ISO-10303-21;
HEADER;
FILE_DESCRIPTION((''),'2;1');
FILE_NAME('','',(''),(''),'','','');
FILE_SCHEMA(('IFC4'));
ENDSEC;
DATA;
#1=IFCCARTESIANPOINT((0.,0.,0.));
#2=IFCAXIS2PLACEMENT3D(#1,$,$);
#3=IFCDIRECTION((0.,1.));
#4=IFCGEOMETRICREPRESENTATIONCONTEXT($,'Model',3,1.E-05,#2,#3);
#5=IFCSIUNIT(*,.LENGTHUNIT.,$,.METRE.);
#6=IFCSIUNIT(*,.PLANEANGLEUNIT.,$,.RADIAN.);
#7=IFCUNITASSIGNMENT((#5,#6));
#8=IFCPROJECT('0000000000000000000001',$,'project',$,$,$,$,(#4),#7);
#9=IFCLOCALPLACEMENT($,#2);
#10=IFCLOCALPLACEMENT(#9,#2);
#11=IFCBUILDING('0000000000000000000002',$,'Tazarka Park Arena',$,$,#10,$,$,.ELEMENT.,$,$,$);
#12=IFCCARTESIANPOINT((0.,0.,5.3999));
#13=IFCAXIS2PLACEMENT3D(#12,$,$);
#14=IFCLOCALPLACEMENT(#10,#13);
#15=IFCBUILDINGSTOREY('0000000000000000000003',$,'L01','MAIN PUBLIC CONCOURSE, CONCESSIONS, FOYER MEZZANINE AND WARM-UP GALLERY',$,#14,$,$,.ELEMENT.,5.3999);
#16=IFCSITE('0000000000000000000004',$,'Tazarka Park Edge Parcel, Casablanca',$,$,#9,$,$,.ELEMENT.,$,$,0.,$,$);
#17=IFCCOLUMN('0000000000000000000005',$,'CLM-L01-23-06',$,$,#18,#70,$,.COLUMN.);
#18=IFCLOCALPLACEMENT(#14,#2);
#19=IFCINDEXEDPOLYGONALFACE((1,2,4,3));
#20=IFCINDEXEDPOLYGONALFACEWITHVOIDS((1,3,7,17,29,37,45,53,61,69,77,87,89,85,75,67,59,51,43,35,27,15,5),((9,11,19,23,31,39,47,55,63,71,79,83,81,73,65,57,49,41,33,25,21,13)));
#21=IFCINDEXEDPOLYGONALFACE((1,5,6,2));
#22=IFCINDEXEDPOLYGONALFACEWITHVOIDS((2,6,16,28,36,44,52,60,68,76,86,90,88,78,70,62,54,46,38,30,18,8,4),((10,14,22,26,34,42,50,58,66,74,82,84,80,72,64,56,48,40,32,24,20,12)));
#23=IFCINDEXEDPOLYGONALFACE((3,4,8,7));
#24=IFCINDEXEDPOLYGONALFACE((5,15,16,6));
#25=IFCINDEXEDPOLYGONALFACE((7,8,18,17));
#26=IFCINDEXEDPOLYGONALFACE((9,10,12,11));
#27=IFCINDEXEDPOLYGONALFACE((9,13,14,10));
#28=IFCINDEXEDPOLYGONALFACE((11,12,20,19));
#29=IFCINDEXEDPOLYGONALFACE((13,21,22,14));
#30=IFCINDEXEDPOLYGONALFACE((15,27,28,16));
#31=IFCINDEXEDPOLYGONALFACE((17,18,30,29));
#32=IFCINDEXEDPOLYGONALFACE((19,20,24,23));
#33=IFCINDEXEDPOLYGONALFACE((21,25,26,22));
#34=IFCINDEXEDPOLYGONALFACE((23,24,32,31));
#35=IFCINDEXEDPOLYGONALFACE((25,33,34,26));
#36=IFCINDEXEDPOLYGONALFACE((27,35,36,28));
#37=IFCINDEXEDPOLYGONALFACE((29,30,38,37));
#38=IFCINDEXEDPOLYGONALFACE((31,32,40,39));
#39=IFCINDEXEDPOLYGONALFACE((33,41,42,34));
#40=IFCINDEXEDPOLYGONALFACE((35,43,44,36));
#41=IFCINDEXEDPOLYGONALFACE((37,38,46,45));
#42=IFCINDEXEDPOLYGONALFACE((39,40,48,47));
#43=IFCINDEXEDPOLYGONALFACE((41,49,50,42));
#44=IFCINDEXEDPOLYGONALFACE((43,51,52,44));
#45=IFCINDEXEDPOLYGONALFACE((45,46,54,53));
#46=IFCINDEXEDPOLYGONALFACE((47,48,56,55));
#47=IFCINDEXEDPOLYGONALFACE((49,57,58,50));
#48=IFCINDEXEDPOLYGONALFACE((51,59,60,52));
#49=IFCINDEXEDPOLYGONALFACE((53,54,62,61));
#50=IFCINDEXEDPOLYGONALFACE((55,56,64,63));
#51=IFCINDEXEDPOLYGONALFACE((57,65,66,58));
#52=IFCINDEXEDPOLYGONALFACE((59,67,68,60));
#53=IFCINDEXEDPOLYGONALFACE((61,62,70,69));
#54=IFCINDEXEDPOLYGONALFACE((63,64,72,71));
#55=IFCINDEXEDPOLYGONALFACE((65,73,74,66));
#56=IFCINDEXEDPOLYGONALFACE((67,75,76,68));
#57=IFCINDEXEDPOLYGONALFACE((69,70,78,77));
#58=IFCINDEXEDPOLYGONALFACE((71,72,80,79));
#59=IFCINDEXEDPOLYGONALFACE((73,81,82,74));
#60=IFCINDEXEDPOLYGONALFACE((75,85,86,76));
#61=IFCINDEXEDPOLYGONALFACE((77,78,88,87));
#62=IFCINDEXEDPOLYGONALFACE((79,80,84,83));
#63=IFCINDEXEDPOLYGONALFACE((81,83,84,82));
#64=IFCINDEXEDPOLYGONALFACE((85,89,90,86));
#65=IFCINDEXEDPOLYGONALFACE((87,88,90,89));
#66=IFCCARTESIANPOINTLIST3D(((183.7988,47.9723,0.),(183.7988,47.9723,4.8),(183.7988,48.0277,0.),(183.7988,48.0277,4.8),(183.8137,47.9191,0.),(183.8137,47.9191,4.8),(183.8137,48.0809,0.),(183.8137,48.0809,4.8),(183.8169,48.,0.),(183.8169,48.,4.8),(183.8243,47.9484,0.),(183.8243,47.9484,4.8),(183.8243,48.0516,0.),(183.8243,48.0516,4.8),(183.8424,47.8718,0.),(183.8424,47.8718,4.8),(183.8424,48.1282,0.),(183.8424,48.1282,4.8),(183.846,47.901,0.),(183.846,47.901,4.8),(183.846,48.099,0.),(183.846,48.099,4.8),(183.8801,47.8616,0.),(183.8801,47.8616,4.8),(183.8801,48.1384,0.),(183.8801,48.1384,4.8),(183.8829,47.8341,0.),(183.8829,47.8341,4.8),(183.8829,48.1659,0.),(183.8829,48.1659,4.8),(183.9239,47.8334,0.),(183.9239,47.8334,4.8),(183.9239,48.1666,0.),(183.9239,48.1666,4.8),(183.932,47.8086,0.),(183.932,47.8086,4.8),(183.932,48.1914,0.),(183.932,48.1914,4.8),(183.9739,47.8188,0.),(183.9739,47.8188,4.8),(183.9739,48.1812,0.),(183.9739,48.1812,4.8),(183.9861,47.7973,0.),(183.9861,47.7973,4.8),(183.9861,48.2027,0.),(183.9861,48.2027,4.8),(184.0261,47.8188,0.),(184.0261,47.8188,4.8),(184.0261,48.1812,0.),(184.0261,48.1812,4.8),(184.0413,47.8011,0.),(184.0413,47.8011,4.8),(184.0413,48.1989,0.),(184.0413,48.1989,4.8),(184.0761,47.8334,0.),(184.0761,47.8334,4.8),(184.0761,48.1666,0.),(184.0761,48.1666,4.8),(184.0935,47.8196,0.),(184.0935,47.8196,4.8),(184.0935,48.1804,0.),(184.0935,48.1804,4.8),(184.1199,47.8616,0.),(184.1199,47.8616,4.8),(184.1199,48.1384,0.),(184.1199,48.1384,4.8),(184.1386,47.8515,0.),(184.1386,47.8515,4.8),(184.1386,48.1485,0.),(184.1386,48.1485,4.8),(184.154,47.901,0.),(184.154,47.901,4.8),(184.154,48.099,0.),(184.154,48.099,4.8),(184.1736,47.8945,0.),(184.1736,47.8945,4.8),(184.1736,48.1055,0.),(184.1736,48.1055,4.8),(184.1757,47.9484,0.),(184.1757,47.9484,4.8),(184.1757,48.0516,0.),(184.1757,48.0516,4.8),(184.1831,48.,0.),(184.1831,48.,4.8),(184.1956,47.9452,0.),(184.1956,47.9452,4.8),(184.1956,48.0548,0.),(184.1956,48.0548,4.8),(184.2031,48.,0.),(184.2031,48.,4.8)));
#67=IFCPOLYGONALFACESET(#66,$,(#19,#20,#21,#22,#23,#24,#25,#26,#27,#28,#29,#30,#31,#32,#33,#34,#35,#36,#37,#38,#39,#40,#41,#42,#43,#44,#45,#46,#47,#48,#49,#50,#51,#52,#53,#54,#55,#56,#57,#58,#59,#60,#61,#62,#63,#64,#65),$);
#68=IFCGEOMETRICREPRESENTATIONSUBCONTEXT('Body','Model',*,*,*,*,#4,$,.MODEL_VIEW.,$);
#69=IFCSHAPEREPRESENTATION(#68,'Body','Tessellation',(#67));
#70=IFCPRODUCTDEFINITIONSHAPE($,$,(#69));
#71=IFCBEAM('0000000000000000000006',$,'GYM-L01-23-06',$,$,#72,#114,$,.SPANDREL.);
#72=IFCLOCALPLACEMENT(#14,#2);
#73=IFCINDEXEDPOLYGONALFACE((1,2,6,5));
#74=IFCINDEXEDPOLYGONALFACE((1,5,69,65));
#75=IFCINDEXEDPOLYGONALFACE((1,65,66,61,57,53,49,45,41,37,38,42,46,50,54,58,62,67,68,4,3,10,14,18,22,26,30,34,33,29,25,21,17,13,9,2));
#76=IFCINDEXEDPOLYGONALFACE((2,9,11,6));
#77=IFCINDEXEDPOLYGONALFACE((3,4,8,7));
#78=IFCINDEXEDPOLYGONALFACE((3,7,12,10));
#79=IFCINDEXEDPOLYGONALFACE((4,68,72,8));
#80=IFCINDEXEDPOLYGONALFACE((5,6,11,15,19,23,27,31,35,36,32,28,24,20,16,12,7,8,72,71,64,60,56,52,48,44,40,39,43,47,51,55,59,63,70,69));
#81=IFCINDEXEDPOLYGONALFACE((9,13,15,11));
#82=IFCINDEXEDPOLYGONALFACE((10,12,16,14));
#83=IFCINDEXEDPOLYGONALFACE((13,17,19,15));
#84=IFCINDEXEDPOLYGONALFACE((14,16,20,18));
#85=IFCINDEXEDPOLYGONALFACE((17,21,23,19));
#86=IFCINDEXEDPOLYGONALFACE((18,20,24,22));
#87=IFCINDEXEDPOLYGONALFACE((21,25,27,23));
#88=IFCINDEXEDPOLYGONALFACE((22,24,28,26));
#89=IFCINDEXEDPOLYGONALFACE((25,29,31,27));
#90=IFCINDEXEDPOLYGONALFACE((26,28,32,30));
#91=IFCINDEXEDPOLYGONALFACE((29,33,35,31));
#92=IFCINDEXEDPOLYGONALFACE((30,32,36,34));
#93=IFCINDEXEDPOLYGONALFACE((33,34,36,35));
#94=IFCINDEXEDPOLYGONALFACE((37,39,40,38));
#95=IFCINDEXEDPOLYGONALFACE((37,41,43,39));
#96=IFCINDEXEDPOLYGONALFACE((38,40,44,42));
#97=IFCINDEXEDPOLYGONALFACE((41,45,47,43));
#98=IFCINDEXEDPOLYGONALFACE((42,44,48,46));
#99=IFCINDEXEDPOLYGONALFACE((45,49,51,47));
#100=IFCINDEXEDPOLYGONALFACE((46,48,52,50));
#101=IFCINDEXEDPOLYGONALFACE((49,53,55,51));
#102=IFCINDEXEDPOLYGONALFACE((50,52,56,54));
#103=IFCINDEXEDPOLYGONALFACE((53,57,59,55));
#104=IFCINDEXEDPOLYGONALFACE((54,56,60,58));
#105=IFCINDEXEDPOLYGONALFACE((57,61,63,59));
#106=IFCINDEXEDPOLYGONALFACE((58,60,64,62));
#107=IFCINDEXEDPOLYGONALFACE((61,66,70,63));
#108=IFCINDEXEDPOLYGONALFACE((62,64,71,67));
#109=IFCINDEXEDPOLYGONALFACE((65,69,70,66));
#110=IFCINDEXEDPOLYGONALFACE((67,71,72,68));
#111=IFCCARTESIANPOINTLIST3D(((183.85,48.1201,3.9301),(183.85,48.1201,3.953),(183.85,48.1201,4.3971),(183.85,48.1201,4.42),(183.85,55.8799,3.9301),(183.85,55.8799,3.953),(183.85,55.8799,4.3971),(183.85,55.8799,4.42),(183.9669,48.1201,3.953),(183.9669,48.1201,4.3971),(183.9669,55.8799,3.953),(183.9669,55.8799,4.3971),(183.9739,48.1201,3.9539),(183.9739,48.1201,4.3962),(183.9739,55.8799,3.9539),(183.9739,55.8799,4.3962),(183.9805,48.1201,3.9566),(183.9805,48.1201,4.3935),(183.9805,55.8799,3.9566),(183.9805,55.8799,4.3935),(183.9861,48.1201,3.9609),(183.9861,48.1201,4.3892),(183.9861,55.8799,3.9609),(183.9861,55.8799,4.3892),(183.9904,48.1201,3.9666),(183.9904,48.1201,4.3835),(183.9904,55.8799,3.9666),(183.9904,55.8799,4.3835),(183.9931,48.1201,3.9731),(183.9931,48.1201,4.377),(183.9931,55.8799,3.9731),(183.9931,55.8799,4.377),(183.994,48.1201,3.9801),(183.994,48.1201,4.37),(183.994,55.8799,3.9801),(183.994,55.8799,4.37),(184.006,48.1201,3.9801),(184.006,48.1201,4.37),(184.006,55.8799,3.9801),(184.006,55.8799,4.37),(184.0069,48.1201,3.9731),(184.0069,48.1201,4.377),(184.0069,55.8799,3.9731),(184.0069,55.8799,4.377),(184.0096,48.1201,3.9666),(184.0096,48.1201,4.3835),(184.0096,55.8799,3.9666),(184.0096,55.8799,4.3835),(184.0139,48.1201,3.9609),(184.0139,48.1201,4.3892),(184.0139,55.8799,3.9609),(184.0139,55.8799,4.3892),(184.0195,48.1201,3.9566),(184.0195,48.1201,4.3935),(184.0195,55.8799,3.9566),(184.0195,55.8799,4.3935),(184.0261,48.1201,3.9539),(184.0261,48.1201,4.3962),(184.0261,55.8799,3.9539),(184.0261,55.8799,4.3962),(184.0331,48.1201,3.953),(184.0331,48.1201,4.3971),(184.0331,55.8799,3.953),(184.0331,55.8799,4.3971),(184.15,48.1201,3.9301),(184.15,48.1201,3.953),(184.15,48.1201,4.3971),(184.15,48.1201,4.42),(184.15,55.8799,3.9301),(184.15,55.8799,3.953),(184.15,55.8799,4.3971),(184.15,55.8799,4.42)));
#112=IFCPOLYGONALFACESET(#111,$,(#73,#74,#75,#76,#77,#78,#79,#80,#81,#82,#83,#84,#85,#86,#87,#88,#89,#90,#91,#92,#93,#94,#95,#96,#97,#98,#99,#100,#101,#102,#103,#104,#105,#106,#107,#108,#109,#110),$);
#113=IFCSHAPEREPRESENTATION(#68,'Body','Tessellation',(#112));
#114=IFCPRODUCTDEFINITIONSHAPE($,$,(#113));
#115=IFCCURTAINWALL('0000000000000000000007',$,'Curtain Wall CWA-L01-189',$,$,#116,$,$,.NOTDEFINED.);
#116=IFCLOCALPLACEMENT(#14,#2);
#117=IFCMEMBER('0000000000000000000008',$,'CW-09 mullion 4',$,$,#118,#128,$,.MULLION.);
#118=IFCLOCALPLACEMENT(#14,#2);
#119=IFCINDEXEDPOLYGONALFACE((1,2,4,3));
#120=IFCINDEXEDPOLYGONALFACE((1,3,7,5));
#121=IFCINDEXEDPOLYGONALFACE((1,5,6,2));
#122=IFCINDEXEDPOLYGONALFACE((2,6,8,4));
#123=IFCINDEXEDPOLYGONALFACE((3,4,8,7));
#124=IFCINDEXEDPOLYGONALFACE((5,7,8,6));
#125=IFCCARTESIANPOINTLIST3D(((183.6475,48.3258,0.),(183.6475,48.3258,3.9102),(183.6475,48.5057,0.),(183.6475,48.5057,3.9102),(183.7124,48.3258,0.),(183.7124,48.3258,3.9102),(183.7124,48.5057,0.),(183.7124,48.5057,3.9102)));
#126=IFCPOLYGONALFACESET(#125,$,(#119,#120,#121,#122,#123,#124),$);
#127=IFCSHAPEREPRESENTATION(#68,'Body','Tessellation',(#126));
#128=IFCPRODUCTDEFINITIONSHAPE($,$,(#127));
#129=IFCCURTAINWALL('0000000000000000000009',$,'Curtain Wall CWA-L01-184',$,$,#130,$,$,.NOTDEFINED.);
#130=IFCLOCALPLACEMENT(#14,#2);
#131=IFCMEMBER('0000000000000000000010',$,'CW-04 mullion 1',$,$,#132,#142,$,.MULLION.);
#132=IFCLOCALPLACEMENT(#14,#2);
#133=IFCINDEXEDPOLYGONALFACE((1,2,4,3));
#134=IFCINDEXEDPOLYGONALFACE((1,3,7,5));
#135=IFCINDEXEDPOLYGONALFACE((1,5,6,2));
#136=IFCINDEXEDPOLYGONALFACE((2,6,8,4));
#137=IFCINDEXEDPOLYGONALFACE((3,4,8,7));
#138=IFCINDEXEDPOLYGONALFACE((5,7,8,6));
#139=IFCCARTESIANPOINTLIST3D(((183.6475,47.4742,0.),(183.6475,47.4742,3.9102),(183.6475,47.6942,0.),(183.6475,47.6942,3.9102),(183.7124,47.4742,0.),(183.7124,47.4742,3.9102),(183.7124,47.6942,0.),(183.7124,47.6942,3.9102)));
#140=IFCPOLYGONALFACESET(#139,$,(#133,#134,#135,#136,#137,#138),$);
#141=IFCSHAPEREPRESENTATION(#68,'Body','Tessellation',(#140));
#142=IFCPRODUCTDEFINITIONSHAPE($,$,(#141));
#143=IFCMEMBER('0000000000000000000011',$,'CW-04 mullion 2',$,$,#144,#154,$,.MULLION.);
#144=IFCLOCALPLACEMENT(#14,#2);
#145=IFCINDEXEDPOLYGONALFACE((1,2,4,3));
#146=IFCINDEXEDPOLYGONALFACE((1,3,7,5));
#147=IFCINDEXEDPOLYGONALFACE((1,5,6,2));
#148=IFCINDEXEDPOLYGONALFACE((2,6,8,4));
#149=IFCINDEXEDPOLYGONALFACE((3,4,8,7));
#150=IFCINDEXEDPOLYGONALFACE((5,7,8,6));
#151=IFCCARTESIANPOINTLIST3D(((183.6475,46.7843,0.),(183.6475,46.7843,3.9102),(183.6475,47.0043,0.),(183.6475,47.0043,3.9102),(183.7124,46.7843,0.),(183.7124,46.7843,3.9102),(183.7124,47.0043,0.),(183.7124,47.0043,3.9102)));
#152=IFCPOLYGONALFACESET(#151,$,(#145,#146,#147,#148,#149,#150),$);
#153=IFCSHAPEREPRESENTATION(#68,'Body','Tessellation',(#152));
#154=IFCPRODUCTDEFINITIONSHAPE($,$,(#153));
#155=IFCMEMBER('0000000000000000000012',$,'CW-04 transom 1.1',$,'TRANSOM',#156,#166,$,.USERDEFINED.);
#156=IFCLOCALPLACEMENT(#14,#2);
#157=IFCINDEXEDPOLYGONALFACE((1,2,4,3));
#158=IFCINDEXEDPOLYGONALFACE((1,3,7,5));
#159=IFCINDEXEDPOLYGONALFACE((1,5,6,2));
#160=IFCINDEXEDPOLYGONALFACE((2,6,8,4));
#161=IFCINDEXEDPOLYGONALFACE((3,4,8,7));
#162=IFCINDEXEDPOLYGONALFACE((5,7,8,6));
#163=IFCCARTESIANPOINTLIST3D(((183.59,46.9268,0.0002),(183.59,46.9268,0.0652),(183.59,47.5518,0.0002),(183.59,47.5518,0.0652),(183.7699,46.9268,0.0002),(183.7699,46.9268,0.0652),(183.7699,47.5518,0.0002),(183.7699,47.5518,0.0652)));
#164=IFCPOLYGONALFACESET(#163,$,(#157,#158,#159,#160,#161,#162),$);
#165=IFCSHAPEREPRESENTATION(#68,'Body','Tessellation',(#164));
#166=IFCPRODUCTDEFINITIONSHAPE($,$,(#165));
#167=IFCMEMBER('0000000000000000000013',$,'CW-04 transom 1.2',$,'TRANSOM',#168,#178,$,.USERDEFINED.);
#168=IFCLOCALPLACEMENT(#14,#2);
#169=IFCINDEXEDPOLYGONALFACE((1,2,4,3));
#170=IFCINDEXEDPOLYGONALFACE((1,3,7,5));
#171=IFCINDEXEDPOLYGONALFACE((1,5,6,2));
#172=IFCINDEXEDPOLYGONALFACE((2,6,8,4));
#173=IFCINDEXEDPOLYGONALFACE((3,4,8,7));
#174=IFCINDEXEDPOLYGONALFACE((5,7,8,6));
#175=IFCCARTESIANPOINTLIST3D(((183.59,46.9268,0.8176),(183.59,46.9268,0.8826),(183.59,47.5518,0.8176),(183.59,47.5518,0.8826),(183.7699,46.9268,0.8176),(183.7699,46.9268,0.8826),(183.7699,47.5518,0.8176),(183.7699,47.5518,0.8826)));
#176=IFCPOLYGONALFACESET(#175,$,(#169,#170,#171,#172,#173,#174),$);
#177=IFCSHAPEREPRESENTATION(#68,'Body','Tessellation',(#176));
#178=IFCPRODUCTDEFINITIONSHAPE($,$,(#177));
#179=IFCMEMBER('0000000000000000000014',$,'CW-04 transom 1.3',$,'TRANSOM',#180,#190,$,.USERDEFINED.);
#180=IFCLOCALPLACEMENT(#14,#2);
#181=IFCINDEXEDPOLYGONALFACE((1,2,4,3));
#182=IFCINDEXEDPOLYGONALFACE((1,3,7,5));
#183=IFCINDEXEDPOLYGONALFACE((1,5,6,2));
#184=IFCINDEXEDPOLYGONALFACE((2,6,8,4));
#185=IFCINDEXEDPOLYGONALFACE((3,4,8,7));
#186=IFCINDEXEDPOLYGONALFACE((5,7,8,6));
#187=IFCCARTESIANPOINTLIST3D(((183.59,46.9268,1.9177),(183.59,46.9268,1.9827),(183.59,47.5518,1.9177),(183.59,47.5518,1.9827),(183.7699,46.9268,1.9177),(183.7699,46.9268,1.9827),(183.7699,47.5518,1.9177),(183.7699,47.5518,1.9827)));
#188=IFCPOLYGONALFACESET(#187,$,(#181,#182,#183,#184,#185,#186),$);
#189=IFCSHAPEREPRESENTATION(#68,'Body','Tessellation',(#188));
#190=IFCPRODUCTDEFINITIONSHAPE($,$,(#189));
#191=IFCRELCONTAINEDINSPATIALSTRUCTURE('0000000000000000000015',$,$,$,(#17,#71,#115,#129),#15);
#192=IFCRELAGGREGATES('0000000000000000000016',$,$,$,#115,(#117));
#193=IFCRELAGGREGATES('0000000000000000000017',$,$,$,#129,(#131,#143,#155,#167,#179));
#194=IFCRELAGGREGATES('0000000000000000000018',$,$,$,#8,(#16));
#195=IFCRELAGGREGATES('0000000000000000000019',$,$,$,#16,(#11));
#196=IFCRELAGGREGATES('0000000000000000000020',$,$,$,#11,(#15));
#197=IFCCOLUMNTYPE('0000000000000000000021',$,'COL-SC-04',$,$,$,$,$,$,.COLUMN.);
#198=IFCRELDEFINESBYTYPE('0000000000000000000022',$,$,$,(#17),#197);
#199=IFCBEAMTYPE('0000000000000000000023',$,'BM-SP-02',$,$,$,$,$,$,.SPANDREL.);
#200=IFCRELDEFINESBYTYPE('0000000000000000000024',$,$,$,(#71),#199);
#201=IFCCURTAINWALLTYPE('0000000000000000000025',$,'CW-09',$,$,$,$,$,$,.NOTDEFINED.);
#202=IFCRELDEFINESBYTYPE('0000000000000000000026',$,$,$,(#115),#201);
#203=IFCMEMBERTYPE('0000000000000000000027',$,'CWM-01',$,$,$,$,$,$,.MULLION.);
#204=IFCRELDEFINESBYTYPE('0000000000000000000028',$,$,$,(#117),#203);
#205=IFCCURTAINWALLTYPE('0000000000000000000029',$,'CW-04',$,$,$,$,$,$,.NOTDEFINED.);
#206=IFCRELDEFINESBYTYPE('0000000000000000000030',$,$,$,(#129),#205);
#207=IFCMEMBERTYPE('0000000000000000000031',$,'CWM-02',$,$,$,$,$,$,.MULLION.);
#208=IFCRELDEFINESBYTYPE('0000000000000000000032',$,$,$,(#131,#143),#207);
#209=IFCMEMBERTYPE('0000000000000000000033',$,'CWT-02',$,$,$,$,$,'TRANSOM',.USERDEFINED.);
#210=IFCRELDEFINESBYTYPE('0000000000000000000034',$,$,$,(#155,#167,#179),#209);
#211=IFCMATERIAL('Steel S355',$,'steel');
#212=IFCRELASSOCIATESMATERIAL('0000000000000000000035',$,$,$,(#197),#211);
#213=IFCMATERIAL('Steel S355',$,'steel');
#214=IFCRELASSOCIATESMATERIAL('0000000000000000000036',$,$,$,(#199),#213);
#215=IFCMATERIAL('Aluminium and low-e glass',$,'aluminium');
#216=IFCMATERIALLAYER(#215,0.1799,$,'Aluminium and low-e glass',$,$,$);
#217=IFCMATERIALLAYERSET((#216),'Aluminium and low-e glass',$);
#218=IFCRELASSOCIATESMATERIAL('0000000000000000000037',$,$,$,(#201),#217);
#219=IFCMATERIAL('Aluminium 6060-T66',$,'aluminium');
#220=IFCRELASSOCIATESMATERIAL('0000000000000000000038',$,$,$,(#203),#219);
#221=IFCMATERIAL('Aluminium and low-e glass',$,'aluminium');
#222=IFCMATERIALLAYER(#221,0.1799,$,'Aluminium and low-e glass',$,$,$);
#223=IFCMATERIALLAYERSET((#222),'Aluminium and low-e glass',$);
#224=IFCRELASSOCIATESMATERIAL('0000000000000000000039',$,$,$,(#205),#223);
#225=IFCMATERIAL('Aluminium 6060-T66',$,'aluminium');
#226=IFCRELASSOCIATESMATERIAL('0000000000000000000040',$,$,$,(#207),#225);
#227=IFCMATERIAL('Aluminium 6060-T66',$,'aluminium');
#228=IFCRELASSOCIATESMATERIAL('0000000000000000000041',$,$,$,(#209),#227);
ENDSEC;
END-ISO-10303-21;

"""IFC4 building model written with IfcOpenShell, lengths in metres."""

from ifc_helpers import new_model, si_unit, direction, frame, origin, origin_2d, place, context, subcontext, project, spatial, rectangle, hollow_circle, i_section, extrude, material, layer, layer_set, material_profile, profile_set, type_object, element, aggregate, save


model = new_model("IFC4")

# Units and contexts
model_context = context("Model", 3, precision=1e-05, world=origin(), true_north=direction((0.0, 1.0)))
body_context = subcontext(model_context, "Body", "Model", "MODEL_VIEW")
ifc_project = project(units=[si_unit("LENGTHUNIT", "METRE"), si_unit("PLANEANGLEUNIT", "RADIAN")], contexts=[model_context])

# Site, building, storey
site_placement = place(None, origin())
site = spatial("IfcSite", under=ifc_project, at=site_placement, Name="Tazarka Park Edge Parcel, Casablanca", CompositionType="ELEMENT", RefElevation=0.0)
building_placement = place(site_placement, origin())
building = spatial("IfcBuilding", under=site, at=building_placement, Name="Tazarka Park Arena", CompositionType="ELEMENT")
storey_placement = place(building_placement, frame((0.0, 0.0, 5.3999)))
storey = spatial("IfcBuildingStorey", under=building, at=storey_placement, Name="L01", Description="MAIN PUBLIC CONCOURSE, CONCESSIONS, FOYER MEZZANINE AND WARM-UP GALLERY", CompositionType="ELEMENT", Elevation=5.3999)

# Column
ifc_material_1 = material(Name="Steel S355", Category="steel")
ifc_material_profile_1 = material_profile(ifc_material_1, hollow_circle(Radius=0.2031, WallThickness=0.02, at=origin_2d()), Name="Steel S355")
ifc_profile_set_1 = profile_set([ifc_material_profile_1], Name="Steel S355")
column_type = type_object("IfcColumnType", Name="COL-SC-04", PredefinedType="COLUMN", material=ifc_profile_set_1)
column_placement = place(storey_placement, frame((184.0, 48.0, 0.0), z_axis=(0.0, 0.0, 1.0), x_axis=(1.0, 0.0, 0.0)))
element("IfcColumn", 1, at=column_placement, inside=storey, type_object=column_type, Name="CLM-L01-23-06", PredefinedType="COLUMN", context=body_context, shape_type="SweptSolid", body=[
    extrude(hollow_circle(Radius=0.2031, WallThickness=0.02, at=origin_2d()), origin(), (0.0, 0.0, 1.0), 4.8),
])

# Beam
ifc_material_2 = material(Name="Steel S355", Category="steel")
ifc_material_profile_2 = material_profile(ifc_material_2, i_section(OverallWidth=0.3, OverallDepth=0.49, WebThickness=0.012, FlangeThickness=0.0229, FilletRadius=0.0271, at=origin_2d()), Name="Steel S355")
ifc_profile_set_2 = profile_set([ifc_material_profile_2], Name="Steel S355")
beam_type = type_object("IfcBeamType", Name="BM-SP-02", PredefinedType="SPANDREL", material=ifc_profile_set_2)
beam_placement = place(storey_placement, frame((184.0, 48.1201, 4.175), z_axis=(0.0, 1.0, 0.0), x_axis=(-1.0, 0.0, 0.0)))
element("IfcBeam", 2, at=beam_placement, inside=storey, type_object=beam_type, Name="GYM-L01-23-06", PredefinedType="SPANDREL", context=body_context, shape_type="SweptSolid", body=[
    extrude(i_section(OverallWidth=0.3, OverallDepth=0.49, WebThickness=0.012, FlangeThickness=0.0229, FilletRadius=0.0271, at=origin_2d()), origin(), (0.0, 0.0, 1.0), 7.7598),
])

# Curtain wall, member
ifc_material_3 = material(Name="Aluminium and low-e glass", Category="aluminium")
ifc_layer_1 = layer(ifc_material_3, 0.1799, Name="Aluminium and low-e glass")
ifc_layer_set_1 = layer_set([ifc_layer_1], Name="Aluminium and low-e glass")
curtain_wall_type_1 = type_object("IfcCurtainWallType", Name="CW-09", PredefinedType="NOTDEFINED", material=ifc_layer_set_1)
curtain_wall_1_placement = place(storey_placement, origin())
curtain_wall_1 = element("IfcCurtainWall", 3, at=curtain_wall_1_placement, inside=storey, type_object=curtain_wall_type_1, Name="Curtain Wall CWA-L01-189", PredefinedType="NOTDEFINED")
ifc_material_4 = material(Name="Aluminium 6060-T66", Category="aluminium")
ifc_material_profile_3 = material_profile(ifc_material_4, rectangle(XDim=0.0649, YDim=0.1799, at=origin_2d()), Name="Aluminium 6060-T66")
ifc_profile_set_3 = profile_set([ifc_material_profile_3], Name="Aluminium 6060-T66")
member_type_1 = type_object("IfcMemberType", Name="CWM-01", PredefinedType="MULLION", material=ifc_profile_set_3)
member_1_placement = place(storey_placement, frame((183.6799, 48.4158, 0.0), z_axis=(0.0, 0.0, 1.0), x_axis=(1.0, 0.0, 0.0)))
member_1 = element("IfcMember", 4, at=member_1_placement, type_object=member_type_1, Name="CW-09 mullion 4", PredefinedType="MULLION", context=body_context, shape_type="SweptSolid", body=[
    extrude(rectangle(XDim=0.0649, YDim=0.1799, at=origin_2d()), origin(), (0.0, 0.0, 1.0), 3.9102),
])

# Curtain wall, members
ifc_material_5 = material(Name="Aluminium and low-e glass", Category="aluminium")
ifc_layer_2 = layer(ifc_material_5, 0.1799, Name="Aluminium and low-e glass")
ifc_layer_set_2 = layer_set([ifc_layer_2], Name="Aluminium and low-e glass")
curtain_wall_type_2 = type_object("IfcCurtainWallType", Name="CW-04", PredefinedType="NOTDEFINED", material=ifc_layer_set_2)
curtain_wall_2_placement = place(storey_placement, origin())
curtain_wall_2 = element("IfcCurtainWall", 5, at=curtain_wall_2_placement, inside=storey, type_object=curtain_wall_type_2, Name="Curtain Wall CWA-L01-184", PredefinedType="NOTDEFINED")
ifc_material_6 = material(Name="Aluminium 6060-T66", Category="aluminium")
ifc_material_profile_4 = material_profile(ifc_material_6, rectangle(XDim=0.0649, YDim=0.22, at=origin_2d()), Name="Aluminium 6060-T66")
ifc_profile_set_4 = profile_set([ifc_material_profile_4], Name="Aluminium 6060-T66")
member_type_2 = type_object("IfcMemberType", Name="CWM-02", PredefinedType="MULLION", material=ifc_profile_set_4)
member_2_placement = place(storey_placement, frame((183.6799, 47.5842, 0.0), z_axis=(0.0, 0.0, 1.0), x_axis=(1.0, 0.0, 0.0)))
member_2 = element("IfcMember", 6, at=member_2_placement, type_object=member_type_2, Name="CW-04 mullion 1", PredefinedType="MULLION", context=body_context, shape_type="SweptSolid", body=[
    extrude(rectangle(XDim=0.0649, YDim=0.22, at=origin_2d()), origin(), (0.0, 0.0, 1.0), 3.9102),
])
member_3_placement = place(storey_placement, frame((183.6799, 46.8943, 0.0), z_axis=(0.0, 0.0, 1.0), x_axis=(1.0, 0.0, 0.0)))
member_3 = element("IfcMember", 7, at=member_3_placement, type_object=member_type_2, Name="CW-04 mullion 2", PredefinedType="MULLION", context=body_context, shape_type="SweptSolid", body=[
    extrude(rectangle(XDim=0.0649, YDim=0.22, at=origin_2d()), origin(), (0.0, 0.0, 1.0), 3.9102),
])
ifc_material_7 = material(Name="Aluminium 6060-T66", Category="aluminium")
ifc_material_profile_5 = material_profile(ifc_material_7, rectangle(XDim=0.1799, YDim=0.0649, at=origin_2d()), Name="Aluminium 6060-T66")
ifc_profile_set_5 = profile_set([ifc_material_profile_5], Name="Aluminium 6060-T66")
member_type_3 = type_object("IfcMemberType", Name="CWT-02", ElementType="TRANSOM", PredefinedType="USERDEFINED", material=ifc_profile_set_5)
member_4_placement = place(storey_placement, frame((183.6799, 47.5518, 0.0327), z_axis=(0.0, -1.0, 0.0), x_axis=(1.0, 0.0, 0.0)))
member_4 = element("IfcMember", 8, at=member_4_placement, type_object=member_type_3, Name="CW-04 transom 1.1", ObjectType="TRANSOM", PredefinedType="USERDEFINED", context=body_context, shape_type="SweptSolid", body=[
    extrude(rectangle(XDim=0.1799, YDim=0.0649, at=origin_2d()), origin(), (0.0, 0.0, 1.0), 0.625),
])
member_5_placement = place(storey_placement, frame((183.6799, 47.5518, 0.8501), z_axis=(0.0, -1.0, 0.0), x_axis=(1.0, 0.0, 0.0)))
member_5 = element("IfcMember", 9, at=member_5_placement, type_object=member_type_3, Name="CW-04 transom 1.2", ObjectType="TRANSOM", PredefinedType="USERDEFINED", context=body_context, shape_type="SweptSolid", body=[
    extrude(rectangle(XDim=0.1799, YDim=0.0649, at=origin_2d()), origin(), (0.0, 0.0, 1.0), 0.625),
])
member_6_placement = place(storey_placement, frame((183.6799, 47.5518, 1.9502), z_axis=(0.0, -1.0, 0.0), x_axis=(1.0, 0.0, 0.0)))
member_6 = element("IfcMember", 10, at=member_6_placement, type_object=member_type_3, Name="CW-04 transom 1.3", ObjectType="TRANSOM", PredefinedType="USERDEFINED", context=body_context, shape_type="SweptSolid", body=[
    extrude(rectangle(XDim=0.1799, YDim=0.0649, at=origin_2d()), origin(), (0.0, 0.0, 1.0), 0.625),
])

aggregate(curtain_wall_1, [member_1])
aggregate(curtain_wall_2, [member_2, member_3, member_4, member_5, member_6])

save(model, "model.ifc")
